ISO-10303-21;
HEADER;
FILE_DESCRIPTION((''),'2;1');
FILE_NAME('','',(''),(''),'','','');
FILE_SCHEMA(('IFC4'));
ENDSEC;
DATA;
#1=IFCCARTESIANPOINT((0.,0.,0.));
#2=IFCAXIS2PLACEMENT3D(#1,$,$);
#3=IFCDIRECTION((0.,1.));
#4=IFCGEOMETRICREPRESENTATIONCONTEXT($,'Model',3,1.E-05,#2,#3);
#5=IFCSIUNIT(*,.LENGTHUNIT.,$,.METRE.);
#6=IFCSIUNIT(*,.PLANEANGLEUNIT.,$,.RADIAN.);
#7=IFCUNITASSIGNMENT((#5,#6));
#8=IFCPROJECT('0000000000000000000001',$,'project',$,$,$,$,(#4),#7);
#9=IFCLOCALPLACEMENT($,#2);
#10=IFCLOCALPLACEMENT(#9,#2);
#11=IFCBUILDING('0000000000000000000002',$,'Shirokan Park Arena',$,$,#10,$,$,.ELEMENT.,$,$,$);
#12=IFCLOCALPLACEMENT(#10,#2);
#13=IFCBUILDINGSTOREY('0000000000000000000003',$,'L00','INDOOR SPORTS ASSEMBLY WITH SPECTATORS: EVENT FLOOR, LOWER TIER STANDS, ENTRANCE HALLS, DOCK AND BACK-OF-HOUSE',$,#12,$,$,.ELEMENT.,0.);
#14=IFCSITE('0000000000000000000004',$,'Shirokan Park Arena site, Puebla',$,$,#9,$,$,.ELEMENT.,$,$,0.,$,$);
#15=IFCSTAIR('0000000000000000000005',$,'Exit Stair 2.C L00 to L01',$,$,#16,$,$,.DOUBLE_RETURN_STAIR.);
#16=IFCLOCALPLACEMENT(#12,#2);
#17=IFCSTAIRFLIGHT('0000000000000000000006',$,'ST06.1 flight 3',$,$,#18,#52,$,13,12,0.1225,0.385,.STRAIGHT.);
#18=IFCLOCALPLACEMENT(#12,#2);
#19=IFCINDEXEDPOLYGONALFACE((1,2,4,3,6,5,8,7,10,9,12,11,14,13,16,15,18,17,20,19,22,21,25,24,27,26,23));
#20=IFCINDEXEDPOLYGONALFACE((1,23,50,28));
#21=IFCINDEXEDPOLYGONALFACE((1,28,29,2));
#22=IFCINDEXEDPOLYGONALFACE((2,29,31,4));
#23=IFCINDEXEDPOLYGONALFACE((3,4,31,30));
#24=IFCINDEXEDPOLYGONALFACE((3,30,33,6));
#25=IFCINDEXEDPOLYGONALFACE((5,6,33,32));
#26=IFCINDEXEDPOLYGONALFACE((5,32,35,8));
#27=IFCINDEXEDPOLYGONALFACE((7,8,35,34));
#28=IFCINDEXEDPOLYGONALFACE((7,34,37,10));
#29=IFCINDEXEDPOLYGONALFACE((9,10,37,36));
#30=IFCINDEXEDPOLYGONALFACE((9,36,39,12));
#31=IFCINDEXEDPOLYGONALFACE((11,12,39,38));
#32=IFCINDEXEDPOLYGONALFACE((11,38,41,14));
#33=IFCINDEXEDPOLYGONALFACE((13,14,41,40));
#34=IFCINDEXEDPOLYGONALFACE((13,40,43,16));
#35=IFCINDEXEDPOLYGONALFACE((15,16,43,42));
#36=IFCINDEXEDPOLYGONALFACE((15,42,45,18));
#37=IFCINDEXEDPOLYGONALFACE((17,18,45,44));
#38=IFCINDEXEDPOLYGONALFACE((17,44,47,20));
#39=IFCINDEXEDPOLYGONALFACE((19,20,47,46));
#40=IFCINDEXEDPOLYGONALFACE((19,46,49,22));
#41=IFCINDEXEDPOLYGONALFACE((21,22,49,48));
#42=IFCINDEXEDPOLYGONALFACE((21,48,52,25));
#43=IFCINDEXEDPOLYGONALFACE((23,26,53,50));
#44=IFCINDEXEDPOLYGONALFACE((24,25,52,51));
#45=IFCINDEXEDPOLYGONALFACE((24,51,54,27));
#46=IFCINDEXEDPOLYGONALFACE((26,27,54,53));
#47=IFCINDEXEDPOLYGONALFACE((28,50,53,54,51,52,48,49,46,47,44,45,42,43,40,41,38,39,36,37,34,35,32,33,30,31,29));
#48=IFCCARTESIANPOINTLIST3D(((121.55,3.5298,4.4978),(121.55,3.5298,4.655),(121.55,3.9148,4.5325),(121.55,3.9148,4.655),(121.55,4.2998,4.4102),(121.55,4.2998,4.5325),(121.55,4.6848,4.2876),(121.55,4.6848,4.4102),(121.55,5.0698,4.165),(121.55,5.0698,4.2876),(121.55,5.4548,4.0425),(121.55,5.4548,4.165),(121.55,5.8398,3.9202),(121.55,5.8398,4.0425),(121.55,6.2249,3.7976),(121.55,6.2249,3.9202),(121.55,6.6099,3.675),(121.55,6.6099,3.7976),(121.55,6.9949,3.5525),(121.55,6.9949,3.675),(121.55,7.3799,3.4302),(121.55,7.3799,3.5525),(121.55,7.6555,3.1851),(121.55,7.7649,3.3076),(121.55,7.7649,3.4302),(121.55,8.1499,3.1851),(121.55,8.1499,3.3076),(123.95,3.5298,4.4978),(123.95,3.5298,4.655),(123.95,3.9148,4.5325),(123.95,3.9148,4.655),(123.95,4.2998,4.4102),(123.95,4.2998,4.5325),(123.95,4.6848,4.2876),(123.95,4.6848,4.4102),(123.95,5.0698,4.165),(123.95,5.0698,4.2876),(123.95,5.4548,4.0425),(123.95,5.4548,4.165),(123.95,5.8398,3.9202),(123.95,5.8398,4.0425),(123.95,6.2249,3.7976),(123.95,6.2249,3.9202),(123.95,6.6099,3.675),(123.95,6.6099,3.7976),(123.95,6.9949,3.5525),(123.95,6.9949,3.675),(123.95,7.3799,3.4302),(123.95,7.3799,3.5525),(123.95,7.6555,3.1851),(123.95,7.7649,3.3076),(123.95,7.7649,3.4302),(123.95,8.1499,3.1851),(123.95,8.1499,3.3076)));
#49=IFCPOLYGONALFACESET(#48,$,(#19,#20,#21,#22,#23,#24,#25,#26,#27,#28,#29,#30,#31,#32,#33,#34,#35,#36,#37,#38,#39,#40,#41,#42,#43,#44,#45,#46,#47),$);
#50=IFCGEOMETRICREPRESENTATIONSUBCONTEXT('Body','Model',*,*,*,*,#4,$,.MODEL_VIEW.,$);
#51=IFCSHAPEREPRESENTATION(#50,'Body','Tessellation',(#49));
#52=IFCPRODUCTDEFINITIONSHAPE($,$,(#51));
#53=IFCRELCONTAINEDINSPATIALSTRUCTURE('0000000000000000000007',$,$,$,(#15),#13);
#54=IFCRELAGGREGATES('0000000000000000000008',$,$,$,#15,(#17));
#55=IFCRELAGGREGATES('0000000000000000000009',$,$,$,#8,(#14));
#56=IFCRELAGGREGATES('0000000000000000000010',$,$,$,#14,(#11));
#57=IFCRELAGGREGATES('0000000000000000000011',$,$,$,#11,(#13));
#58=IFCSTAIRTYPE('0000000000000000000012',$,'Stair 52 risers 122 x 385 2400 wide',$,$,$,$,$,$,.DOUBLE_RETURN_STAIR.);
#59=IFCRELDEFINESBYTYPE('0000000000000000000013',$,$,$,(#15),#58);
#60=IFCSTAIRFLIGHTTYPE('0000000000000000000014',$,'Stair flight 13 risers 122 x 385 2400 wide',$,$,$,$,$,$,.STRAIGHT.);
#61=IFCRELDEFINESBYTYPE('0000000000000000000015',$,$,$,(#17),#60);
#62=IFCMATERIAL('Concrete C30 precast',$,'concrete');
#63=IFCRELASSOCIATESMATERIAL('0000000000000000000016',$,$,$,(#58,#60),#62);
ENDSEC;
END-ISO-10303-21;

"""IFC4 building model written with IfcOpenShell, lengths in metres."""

from ifc_helpers import new_model, si_unit, direction, frame, origin, place, context, subcontext, project, spatial, polyline, outline, extrude, material, type_object, element, aggregate, save


model = new_model("IFC4")

# Units and contexts
model_context = context("Model", 3, precision=1e-05, world=origin(), true_north=direction((0.0, 1.0)))
body_context = subcontext(model_context, "Body", "Model", "MODEL_VIEW")
ifc_project = project(units=[si_unit("LENGTHUNIT", "METRE"), si_unit("PLANEANGLEUNIT", "RADIAN")], contexts=[model_context])

# Site, building, storey
site_placement = place(None, origin())
site = spatial("IfcSite", under=ifc_project, at=site_placement, Name="Shirokan Park Arena site, Puebla", CompositionType="ELEMENT", RefElevation=0.0)
building_placement = place(site_placement, origin())
building = spatial("IfcBuilding", under=site, at=building_placement, Name="Shirokan Park Arena", CompositionType="ELEMENT")
storey_placement = place(building_placement, origin())
storey = spatial("IfcBuildingStorey", under=building, at=storey_placement, Name="L00", Description="INDOOR SPORTS ASSEMBLY WITH SPECTATORS: EVENT FLOOR, LOWER TIER STANDS, ENTRANCE HALLS, DOCK AND BACK-OF-HOUSE", CompositionType="ELEMENT", Elevation=0.0)

# Stair, stair flight
ifc_material_1 = material(Name="Concrete C30 precast", Category="concrete")
stair_type = type_object("IfcStairType", Name="Stair 52 risers 122 x 385 2400 wide", PredefinedType="DOUBLE_RETURN_STAIR", material=ifc_material_1)
stair_placement = place(storey_placement, origin())
stair = element("IfcStair", 1, at=stair_placement, inside=storey, type_object=stair_type, Name="Exit Stair 2.C L00 to L01", PredefinedType="DOUBLE_RETURN_STAIR")
stair_flight_type = type_object("IfcStairFlightType", Name="Stair flight 13 risers 122 x 385 2400 wide", PredefinedType="STRAIGHT", material=ifc_material_1)
stair_flight_1_placement = place(storey_placement, frame((122.75, 8.1499, 3.1851), z_axis=(0.0, 0.0, 1.0), x_axis=(0.0, -1.0, 0.0)))
stair_flight_1 = element("IfcStairFlight", 2, at=stair_flight_1_placement, type_object=stair_flight_type, Name="ST06.1 flight 3", NumberOfRisers=13, NumberOfTreads=12, PredefinedType="STRAIGHT", RiserHeight=0.1225, TreadLength=0.385, context=body_context, shape_type="SweptSolid", body=[
    extrude(outline(polyline([(0.0, 0.0), (0.0, 0.1226), (0.385, 0.1226), (0.385, 0.2451), (0.77, 0.2451), (0.77, 0.3674), (1.155, 0.3674), (1.155, 0.49), (1.54, 0.49), (1.54, 0.6125), (1.925, 0.6125), (1.925, 0.7351), (2.3101, 0.7351), (2.3101, 0.8574), (2.6951, 0.8574), (2.6951, 0.98), (3.0801, 0.98), (3.0801, 1.1025), (3.4651, 1.1025), (3.4651, 1.2251), (3.8501, 1.2251), (3.8501, 1.3474), (4.2351, 1.3474), (4.2351, 1.47), (4.6201, 1.47), (4.6201, 1.5925), (4.6201, 1.3127), (0.4944, 0.0), (0.0, 0.0)])), frame((0.0, 1.2, 0.0), z_axis=(0.0, -1.0, 0.0), x_axis=(1.0, 0.0, 0.0)), (0.0, 0.0, 1.0), 2.3999),
])
aggregate(stair, [stair_flight_1])

save(model, "model.ifc")
